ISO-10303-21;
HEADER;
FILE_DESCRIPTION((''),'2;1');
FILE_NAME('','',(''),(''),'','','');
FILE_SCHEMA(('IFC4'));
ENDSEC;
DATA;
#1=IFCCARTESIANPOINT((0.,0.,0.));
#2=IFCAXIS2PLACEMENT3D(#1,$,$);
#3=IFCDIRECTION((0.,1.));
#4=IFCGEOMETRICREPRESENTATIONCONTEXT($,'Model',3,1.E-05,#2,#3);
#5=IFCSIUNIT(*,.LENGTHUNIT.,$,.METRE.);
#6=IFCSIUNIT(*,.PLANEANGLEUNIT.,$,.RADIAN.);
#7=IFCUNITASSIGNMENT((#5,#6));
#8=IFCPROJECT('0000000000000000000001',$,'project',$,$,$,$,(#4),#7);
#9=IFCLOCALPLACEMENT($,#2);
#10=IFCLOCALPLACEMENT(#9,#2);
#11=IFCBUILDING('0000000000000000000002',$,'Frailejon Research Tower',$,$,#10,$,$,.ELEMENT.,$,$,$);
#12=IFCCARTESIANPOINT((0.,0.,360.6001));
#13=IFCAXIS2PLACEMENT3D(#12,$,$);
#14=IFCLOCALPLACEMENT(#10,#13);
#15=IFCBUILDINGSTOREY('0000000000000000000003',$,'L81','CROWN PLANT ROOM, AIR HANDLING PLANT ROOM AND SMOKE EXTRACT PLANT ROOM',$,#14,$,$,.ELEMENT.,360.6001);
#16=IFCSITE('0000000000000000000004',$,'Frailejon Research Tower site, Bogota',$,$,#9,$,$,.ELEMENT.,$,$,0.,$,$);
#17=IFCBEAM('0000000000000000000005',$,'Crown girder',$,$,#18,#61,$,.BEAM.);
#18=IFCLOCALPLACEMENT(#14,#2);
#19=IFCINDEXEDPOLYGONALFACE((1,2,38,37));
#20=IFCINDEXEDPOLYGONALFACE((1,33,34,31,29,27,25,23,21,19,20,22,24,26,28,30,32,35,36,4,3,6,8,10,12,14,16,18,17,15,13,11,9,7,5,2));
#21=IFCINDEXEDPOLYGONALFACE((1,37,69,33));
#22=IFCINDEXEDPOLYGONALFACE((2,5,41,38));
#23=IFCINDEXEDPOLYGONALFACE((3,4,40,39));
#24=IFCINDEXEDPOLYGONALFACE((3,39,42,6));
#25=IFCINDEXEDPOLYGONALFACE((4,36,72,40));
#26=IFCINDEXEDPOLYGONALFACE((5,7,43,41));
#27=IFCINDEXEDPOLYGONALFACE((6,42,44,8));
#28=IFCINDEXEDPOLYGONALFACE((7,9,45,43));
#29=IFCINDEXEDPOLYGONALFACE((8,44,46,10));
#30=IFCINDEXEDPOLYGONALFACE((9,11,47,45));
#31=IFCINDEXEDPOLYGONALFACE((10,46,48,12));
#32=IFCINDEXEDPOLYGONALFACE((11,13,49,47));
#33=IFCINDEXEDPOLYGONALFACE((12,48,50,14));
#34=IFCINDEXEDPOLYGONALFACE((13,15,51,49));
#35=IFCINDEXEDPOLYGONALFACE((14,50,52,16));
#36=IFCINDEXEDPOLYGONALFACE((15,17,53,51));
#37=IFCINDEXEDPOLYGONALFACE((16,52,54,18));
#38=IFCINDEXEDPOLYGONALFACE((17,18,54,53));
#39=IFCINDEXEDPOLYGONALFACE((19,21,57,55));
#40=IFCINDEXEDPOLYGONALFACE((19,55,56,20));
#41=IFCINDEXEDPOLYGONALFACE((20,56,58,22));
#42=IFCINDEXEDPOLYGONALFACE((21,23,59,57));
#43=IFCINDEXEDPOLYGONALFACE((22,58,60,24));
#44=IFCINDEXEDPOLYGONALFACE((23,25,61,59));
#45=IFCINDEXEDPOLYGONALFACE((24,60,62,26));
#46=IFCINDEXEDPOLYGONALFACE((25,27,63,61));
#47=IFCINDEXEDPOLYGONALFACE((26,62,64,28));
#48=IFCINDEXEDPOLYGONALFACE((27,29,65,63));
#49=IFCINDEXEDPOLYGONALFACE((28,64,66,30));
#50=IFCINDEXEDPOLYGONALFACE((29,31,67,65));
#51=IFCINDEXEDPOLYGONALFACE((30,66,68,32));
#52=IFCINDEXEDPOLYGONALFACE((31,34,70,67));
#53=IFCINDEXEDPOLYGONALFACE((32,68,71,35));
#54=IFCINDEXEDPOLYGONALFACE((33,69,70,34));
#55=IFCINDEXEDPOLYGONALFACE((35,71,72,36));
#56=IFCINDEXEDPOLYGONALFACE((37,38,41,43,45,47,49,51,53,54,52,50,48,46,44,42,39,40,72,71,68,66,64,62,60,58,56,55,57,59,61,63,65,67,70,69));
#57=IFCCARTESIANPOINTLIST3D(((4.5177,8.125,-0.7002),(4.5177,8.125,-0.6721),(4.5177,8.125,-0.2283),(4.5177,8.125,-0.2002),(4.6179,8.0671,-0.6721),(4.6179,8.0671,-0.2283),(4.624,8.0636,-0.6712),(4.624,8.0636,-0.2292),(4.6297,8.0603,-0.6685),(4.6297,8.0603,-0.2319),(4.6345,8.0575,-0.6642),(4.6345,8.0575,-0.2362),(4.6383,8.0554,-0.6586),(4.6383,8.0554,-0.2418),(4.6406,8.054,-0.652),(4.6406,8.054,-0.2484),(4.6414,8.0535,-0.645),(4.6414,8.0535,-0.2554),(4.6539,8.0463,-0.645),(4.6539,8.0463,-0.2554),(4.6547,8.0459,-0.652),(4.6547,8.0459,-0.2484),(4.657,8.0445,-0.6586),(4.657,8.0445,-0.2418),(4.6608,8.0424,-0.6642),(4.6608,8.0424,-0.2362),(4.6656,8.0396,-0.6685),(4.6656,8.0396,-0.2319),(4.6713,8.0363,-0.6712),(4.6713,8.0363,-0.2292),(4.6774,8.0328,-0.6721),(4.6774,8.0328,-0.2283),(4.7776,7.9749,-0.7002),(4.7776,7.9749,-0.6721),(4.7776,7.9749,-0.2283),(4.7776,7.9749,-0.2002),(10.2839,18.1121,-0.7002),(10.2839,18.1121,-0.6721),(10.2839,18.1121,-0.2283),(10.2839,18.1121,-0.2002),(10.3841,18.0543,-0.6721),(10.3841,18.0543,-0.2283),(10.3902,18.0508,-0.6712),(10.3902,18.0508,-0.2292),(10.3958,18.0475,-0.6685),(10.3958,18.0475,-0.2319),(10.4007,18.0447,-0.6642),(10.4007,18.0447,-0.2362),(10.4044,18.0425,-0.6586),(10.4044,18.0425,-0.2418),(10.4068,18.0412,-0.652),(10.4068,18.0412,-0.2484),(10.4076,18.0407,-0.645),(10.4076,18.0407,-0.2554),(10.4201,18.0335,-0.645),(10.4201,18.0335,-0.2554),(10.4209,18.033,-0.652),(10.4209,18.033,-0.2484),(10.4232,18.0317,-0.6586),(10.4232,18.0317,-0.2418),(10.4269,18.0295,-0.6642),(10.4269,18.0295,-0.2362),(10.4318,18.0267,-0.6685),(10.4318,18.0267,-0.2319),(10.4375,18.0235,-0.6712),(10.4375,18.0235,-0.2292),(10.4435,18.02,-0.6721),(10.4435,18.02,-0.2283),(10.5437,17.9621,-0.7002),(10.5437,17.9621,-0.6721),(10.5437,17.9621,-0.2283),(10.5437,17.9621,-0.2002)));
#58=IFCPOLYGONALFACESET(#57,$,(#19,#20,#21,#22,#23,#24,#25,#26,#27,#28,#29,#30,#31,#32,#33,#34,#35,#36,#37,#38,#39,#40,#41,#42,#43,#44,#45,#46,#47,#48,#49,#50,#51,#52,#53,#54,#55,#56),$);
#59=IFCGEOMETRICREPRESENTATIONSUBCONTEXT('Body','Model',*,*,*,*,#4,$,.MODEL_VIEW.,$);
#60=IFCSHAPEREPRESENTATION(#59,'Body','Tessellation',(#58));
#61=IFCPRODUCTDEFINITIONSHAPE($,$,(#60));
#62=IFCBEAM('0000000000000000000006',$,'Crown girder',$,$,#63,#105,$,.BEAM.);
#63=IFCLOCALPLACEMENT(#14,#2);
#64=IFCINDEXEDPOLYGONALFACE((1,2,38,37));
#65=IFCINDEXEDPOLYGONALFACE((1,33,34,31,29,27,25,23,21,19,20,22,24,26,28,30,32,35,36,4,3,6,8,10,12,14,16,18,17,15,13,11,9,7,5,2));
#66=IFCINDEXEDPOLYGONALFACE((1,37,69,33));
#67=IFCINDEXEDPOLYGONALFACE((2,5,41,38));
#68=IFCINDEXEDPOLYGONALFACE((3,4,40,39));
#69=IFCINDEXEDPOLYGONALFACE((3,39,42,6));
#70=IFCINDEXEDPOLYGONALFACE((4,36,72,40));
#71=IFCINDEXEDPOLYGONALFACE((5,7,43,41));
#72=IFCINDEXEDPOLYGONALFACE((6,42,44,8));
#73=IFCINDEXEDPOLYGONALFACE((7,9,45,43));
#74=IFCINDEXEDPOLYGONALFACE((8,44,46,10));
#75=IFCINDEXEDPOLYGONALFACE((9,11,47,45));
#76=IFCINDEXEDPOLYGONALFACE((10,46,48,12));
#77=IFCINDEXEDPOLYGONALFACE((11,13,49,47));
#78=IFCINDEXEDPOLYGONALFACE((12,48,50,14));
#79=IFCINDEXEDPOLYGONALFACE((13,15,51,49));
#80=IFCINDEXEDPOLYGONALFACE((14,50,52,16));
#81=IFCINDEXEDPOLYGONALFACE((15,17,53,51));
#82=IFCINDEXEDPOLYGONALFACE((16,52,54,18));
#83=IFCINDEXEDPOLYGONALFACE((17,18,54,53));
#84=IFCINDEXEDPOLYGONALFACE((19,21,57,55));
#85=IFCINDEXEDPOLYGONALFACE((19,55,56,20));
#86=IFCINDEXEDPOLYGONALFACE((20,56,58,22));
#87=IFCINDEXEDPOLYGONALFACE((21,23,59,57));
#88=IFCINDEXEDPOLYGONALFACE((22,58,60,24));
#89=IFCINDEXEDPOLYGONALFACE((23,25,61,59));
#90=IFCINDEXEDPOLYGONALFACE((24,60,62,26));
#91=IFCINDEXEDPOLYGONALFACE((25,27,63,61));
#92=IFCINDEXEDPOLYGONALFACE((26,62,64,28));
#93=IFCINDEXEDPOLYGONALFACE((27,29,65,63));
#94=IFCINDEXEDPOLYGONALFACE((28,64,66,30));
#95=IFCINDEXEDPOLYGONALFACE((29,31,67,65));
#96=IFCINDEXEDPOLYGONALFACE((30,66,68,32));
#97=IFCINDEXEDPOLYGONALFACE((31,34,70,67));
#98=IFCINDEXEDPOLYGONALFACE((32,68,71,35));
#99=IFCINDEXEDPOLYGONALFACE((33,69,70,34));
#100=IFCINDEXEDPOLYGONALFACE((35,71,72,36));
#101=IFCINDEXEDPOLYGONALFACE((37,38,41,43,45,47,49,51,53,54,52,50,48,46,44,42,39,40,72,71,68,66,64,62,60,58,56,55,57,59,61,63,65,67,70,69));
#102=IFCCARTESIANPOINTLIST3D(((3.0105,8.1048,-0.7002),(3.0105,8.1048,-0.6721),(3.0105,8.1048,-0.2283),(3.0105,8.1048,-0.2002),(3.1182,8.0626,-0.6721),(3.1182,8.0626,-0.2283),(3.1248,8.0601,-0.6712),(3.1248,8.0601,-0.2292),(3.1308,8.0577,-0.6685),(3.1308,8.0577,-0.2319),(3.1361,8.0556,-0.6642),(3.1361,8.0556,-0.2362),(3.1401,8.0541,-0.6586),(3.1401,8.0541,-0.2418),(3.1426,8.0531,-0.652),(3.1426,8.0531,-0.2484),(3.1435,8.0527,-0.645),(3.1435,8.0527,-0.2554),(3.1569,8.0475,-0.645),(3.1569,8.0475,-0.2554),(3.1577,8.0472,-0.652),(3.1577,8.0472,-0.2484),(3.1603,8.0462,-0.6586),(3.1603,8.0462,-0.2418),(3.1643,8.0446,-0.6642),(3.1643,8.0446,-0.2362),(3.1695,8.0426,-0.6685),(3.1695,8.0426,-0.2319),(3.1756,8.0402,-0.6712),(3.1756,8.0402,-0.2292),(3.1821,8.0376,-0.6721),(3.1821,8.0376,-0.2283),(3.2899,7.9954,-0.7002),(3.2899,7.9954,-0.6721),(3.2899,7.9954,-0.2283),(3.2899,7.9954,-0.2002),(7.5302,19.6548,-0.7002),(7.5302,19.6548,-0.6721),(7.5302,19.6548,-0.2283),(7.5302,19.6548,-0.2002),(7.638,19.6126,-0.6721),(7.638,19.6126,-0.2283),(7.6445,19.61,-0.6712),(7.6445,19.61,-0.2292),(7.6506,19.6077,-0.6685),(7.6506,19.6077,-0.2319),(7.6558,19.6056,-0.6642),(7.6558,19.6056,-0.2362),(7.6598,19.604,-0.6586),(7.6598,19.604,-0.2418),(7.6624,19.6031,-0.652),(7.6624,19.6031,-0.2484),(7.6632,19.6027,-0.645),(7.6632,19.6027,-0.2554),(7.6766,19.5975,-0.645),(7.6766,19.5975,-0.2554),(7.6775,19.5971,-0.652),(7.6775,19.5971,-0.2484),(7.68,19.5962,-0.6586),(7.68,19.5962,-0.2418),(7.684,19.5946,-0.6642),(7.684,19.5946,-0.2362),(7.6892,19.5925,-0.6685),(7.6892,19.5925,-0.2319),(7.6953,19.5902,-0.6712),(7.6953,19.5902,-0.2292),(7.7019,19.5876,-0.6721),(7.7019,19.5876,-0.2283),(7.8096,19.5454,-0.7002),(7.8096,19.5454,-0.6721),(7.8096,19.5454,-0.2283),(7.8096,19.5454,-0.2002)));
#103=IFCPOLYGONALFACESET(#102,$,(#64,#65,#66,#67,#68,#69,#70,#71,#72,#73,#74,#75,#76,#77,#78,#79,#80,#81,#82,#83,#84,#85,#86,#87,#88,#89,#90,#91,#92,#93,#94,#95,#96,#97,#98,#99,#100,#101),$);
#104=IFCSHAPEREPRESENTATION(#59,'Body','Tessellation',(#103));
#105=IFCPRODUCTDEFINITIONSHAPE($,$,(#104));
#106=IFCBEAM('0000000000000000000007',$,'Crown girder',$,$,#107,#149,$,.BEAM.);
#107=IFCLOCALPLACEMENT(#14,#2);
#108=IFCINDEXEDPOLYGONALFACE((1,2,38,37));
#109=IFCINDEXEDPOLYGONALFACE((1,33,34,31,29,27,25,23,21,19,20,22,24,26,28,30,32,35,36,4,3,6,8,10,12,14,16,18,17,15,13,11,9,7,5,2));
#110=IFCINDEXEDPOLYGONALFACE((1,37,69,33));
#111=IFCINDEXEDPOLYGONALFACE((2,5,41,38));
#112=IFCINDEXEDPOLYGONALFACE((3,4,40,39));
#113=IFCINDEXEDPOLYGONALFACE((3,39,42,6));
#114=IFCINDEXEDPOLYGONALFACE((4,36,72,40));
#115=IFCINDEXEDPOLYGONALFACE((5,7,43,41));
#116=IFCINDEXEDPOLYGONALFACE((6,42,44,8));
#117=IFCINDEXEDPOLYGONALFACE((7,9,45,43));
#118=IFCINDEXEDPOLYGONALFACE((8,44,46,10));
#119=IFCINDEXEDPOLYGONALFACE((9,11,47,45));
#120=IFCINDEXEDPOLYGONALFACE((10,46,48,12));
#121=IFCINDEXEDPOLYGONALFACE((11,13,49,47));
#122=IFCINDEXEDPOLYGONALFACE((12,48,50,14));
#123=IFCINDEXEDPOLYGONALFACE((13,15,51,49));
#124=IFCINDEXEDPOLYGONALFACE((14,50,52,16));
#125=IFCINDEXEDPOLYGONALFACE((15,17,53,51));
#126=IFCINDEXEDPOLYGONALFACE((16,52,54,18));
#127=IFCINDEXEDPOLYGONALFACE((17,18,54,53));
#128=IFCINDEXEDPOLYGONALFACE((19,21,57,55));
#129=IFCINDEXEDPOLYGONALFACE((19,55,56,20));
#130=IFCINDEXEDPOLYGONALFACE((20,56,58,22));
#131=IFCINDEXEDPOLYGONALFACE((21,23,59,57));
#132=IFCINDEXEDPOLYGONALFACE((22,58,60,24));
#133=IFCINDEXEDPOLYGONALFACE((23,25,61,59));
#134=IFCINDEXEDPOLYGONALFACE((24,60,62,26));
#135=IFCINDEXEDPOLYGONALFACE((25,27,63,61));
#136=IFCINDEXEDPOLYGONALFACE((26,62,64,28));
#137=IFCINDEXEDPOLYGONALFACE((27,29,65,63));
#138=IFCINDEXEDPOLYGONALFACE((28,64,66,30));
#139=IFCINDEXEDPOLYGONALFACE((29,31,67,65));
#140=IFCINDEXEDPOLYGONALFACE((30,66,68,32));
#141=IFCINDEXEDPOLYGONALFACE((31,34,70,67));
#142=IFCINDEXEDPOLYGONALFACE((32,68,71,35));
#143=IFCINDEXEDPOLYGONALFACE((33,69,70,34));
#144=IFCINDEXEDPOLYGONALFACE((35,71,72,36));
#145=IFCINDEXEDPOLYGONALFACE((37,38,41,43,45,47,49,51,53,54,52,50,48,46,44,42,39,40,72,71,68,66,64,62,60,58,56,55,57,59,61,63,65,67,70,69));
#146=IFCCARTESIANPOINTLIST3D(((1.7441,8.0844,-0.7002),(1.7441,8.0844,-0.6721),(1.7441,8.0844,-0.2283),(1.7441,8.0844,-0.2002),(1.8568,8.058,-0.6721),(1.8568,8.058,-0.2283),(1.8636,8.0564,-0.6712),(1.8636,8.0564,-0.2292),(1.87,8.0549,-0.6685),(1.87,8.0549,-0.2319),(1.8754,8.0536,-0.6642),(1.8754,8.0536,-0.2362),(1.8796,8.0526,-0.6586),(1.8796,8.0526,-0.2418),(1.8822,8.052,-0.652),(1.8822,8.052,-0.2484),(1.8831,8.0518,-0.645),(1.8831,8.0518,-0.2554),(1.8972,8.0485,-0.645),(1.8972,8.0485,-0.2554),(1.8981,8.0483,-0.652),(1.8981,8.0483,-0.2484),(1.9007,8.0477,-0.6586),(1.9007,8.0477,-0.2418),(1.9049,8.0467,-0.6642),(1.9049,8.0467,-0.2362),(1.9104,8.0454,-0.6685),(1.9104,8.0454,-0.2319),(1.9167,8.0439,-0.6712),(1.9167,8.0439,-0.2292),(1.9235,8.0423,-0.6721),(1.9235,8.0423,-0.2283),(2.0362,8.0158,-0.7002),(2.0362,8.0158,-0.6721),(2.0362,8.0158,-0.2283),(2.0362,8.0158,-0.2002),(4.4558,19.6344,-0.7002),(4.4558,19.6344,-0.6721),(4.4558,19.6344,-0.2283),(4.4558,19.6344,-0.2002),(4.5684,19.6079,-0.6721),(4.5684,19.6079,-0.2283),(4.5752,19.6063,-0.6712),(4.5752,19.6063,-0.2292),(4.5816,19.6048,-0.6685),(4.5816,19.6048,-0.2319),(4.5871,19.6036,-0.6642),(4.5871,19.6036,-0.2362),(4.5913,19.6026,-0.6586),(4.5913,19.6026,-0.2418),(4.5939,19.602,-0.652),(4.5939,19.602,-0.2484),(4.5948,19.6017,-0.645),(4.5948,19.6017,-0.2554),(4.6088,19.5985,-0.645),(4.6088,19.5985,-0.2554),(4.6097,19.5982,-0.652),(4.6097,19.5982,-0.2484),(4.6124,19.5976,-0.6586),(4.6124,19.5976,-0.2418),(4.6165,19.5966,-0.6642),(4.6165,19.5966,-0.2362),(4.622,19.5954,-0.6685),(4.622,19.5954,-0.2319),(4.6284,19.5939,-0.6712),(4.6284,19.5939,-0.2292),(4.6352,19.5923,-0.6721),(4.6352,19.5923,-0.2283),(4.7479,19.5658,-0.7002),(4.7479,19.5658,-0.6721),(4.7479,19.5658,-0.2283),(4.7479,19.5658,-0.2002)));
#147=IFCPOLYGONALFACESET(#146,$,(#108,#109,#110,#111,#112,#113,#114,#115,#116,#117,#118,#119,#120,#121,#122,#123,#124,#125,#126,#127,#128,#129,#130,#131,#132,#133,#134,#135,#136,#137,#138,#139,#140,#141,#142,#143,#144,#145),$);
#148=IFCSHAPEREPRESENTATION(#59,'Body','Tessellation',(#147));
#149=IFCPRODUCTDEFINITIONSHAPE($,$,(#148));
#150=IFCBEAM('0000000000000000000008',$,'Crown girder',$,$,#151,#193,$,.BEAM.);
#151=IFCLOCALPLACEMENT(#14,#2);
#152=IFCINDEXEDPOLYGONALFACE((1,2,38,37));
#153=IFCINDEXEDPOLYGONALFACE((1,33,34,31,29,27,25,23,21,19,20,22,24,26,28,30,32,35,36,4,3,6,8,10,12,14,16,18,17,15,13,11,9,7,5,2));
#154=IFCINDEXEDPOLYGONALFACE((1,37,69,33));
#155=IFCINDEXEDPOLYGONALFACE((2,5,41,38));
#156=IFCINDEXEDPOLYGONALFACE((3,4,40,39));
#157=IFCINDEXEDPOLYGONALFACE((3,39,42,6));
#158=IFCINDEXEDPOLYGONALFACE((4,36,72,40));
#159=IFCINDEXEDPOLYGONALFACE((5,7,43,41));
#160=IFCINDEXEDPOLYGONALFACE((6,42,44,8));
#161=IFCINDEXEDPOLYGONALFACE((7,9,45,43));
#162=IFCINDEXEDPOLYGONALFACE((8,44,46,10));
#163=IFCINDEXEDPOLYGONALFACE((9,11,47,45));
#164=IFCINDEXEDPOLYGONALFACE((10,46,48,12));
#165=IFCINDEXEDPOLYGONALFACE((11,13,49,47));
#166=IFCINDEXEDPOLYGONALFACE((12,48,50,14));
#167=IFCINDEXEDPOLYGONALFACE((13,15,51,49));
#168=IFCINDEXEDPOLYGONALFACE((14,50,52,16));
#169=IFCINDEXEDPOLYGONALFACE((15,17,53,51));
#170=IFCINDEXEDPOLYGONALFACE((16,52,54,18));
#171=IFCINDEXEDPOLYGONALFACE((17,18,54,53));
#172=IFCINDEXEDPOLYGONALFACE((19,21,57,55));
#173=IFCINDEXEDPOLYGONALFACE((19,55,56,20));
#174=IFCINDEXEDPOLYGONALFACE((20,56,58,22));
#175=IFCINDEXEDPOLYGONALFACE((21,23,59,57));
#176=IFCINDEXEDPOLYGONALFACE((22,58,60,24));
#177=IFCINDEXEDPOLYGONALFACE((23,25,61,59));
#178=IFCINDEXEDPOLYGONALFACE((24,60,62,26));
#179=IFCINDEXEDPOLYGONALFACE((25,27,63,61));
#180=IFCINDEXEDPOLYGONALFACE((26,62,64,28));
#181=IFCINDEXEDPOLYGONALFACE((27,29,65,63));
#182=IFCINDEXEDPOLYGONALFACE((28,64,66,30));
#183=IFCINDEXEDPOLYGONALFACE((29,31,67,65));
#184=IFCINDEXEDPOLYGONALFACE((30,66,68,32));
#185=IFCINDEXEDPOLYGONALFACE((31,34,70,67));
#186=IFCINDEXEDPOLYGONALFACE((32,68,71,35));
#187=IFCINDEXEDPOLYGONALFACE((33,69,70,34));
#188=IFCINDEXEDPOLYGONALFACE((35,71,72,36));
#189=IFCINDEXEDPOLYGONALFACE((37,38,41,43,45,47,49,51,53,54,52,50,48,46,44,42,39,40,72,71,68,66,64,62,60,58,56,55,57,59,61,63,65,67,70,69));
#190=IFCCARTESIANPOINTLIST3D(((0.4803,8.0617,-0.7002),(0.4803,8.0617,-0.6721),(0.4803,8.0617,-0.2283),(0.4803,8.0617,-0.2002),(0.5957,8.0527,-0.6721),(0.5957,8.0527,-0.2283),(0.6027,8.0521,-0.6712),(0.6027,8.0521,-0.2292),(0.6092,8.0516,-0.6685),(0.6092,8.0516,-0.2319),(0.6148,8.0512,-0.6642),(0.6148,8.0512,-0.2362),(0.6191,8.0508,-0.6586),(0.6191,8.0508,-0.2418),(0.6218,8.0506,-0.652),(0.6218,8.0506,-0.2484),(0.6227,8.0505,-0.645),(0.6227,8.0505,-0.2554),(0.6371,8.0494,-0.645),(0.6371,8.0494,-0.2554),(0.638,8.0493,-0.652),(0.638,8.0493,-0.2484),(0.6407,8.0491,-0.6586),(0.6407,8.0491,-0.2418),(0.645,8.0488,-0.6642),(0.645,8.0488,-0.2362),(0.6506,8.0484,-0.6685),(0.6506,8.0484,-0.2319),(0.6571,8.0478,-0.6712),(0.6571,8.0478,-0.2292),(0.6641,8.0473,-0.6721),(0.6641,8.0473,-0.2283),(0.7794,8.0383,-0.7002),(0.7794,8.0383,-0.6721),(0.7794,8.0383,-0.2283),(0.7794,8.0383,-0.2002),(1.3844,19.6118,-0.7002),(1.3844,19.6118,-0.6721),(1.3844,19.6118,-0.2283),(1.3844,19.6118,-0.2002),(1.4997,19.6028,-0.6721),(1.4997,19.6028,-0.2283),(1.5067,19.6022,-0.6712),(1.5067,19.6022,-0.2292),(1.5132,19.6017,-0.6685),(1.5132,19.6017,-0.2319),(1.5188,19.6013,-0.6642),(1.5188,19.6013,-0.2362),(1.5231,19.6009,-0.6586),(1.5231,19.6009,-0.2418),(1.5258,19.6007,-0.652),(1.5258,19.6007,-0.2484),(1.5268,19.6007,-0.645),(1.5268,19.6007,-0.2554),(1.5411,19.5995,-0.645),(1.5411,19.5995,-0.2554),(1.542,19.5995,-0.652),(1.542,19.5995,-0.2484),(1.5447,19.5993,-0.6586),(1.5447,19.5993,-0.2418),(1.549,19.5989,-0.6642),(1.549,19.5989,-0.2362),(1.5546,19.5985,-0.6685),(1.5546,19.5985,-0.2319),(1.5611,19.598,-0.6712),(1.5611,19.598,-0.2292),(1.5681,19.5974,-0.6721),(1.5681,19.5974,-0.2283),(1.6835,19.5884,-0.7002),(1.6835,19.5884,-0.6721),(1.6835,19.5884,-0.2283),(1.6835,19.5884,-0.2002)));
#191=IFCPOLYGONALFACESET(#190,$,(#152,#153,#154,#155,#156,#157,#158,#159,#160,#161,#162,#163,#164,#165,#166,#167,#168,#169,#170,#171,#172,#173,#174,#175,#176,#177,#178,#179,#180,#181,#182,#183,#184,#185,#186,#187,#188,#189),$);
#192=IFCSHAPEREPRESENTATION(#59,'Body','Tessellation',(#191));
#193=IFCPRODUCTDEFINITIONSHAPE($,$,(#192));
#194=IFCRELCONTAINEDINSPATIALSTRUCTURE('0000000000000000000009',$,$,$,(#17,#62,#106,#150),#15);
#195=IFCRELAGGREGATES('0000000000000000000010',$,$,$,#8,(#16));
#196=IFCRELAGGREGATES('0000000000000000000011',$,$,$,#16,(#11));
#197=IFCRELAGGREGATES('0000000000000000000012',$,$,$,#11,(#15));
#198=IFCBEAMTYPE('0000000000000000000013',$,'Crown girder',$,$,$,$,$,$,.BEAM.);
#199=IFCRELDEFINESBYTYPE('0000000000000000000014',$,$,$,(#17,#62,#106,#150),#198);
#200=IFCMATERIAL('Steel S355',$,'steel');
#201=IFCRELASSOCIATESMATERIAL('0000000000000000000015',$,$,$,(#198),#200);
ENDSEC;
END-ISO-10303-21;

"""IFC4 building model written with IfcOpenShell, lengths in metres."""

from ifc_helpers import new_model, si_unit, direction, frame, origin, origin_2d, place, context, subcontext, project, spatial, i_section, extrude, material, material_profile, profile_set, type_object, element, save


model = new_model("IFC4")

# Units and contexts
model_context = context("Model", 3, precision=1e-05, world=origin(), true_north=direction((0.0, 1.0)))
body_context = subcontext(model_context, "Body", "Model", "MODEL_VIEW")
ifc_project = project(units=[si_unit("LENGTHUNIT", "METRE"), si_unit("PLANEANGLEUNIT", "RADIAN")], contexts=[model_context])

# Site, building, storey
site_placement = place(None, origin())
site = spatial("IfcSite", under=ifc_project, at=site_placement, Name="Frailejon Research Tower site, Bogota", CompositionType="ELEMENT", RefElevation=0.0)
building_placement = place(site_placement, origin())
building = spatial("IfcBuilding", under=site, at=building_placement, Name="Frailejon Research Tower", CompositionType="ELEMENT")
storey_placement = place(building_placement, frame((0.0, 0.0, 360.6001)))
storey = spatial("IfcBuildingStorey", under=building, at=storey_placement, Name="L81", Description="CROWN PLANT ROOM, AIR HANDLING PLANT ROOM AND SMOKE EXTRACT PLANT ROOM", CompositionType="ELEMENT", Elevation=360.6001)

# Beams
ifc_material_1 = material(Name="Steel S355", Category="steel")
ifc_material_profile_1 = material_profile(ifc_material_1, i_section(OverallWidth=0.3, OverallDepth=0.5, WebThickness=0.0144, FlangeThickness=0.0281, FilletRadius=0.0271, at=origin_2d()), Name="HE 500 B")
ifc_profile_set_1 = profile_set([ifc_material_profile_1], Name="Steel S355")
beam_type_1 = type_object("IfcBeamType", Name="Crown girder", PredefinedType="BEAM", material=ifc_profile_set_1)
beam_1_placement = place(storey_placement, frame((10.4138, 18.0371, -0.4502), z_axis=(-0.500005, -0.866022, 0.0), x_axis=(0.866022, -0.500005, 0.0)))
element("IfcBeam", 1, at=beam_1_placement, inside=storey, type_object=beam_type_1, Name="Crown girder", PredefinedType="BEAM", context=body_context, shape_type="SweptSolid", body=[
    extrude(i_section(OverallWidth=0.3, OverallDepth=0.5, WebThickness=0.0144, FlangeThickness=0.0281, FilletRadius=0.0271, at=origin_2d()), origin(), (0.0, 0.0, 1.0), 11.5322),
])
beam_2_placement = place(storey_placement, frame((7.6699, 19.6001, -0.4502), z_axis=(-0.364413, -0.931238, 0.0), x_axis=(0.931238, -0.364413, 0.0)))
element("IfcBeam", 2, at=beam_2_placement, inside=storey, type_object=beam_type_1, Name="Crown girder", PredefinedType="BEAM", context=body_context, shape_type="SweptSolid", body=[
    extrude(i_section(OverallWidth=0.3, OverallDepth=0.5, WebThickness=0.0144, FlangeThickness=0.0281, FilletRadius=0.0271, at=origin_2d()), origin(), (0.0, 0.0, 1.0), 12.4028),
])
beam_3_placement = place(storey_placement, frame((4.6018, 19.6001, -0.4502), z_axis=(-0.228561, -0.97353, 0.0), x_axis=(0.97353, -0.228561, 0.0)))
element("IfcBeam", 3, at=beam_3_placement, inside=storey, type_object=beam_type_1, Name="Crown girder", PredefinedType="BEAM", context=body_context, shape_type="SweptSolid", body=[
    extrude(i_section(OverallWidth=0.3, OverallDepth=0.5, WebThickness=0.0144, FlangeThickness=0.0281, FilletRadius=0.0271, at=origin_2d()), origin(), (0.0, 0.0, 1.0), 11.864),
])
beam_4_placement = place(storey_placement, frame((1.5339, 19.6001, -0.4502), z_axis=(-0.078034, -0.996951, 0.0), x_axis=(0.996951, -0.078034, 0.0)))
element("IfcBeam", 4, at=beam_4_placement, inside=storey, type_object=beam_type_1, Name="Crown girder", PredefinedType="BEAM", context=body_context, shape_type="SweptSolid", body=[
    extrude(i_section(OverallWidth=0.3, OverallDepth=0.5, WebThickness=0.0144, FlangeThickness=0.0281, FilletRadius=0.0271, at=origin_2d()), origin(), (0.0, 0.0, 1.0), 11.5854),
])

save(model, "model.ifc")
